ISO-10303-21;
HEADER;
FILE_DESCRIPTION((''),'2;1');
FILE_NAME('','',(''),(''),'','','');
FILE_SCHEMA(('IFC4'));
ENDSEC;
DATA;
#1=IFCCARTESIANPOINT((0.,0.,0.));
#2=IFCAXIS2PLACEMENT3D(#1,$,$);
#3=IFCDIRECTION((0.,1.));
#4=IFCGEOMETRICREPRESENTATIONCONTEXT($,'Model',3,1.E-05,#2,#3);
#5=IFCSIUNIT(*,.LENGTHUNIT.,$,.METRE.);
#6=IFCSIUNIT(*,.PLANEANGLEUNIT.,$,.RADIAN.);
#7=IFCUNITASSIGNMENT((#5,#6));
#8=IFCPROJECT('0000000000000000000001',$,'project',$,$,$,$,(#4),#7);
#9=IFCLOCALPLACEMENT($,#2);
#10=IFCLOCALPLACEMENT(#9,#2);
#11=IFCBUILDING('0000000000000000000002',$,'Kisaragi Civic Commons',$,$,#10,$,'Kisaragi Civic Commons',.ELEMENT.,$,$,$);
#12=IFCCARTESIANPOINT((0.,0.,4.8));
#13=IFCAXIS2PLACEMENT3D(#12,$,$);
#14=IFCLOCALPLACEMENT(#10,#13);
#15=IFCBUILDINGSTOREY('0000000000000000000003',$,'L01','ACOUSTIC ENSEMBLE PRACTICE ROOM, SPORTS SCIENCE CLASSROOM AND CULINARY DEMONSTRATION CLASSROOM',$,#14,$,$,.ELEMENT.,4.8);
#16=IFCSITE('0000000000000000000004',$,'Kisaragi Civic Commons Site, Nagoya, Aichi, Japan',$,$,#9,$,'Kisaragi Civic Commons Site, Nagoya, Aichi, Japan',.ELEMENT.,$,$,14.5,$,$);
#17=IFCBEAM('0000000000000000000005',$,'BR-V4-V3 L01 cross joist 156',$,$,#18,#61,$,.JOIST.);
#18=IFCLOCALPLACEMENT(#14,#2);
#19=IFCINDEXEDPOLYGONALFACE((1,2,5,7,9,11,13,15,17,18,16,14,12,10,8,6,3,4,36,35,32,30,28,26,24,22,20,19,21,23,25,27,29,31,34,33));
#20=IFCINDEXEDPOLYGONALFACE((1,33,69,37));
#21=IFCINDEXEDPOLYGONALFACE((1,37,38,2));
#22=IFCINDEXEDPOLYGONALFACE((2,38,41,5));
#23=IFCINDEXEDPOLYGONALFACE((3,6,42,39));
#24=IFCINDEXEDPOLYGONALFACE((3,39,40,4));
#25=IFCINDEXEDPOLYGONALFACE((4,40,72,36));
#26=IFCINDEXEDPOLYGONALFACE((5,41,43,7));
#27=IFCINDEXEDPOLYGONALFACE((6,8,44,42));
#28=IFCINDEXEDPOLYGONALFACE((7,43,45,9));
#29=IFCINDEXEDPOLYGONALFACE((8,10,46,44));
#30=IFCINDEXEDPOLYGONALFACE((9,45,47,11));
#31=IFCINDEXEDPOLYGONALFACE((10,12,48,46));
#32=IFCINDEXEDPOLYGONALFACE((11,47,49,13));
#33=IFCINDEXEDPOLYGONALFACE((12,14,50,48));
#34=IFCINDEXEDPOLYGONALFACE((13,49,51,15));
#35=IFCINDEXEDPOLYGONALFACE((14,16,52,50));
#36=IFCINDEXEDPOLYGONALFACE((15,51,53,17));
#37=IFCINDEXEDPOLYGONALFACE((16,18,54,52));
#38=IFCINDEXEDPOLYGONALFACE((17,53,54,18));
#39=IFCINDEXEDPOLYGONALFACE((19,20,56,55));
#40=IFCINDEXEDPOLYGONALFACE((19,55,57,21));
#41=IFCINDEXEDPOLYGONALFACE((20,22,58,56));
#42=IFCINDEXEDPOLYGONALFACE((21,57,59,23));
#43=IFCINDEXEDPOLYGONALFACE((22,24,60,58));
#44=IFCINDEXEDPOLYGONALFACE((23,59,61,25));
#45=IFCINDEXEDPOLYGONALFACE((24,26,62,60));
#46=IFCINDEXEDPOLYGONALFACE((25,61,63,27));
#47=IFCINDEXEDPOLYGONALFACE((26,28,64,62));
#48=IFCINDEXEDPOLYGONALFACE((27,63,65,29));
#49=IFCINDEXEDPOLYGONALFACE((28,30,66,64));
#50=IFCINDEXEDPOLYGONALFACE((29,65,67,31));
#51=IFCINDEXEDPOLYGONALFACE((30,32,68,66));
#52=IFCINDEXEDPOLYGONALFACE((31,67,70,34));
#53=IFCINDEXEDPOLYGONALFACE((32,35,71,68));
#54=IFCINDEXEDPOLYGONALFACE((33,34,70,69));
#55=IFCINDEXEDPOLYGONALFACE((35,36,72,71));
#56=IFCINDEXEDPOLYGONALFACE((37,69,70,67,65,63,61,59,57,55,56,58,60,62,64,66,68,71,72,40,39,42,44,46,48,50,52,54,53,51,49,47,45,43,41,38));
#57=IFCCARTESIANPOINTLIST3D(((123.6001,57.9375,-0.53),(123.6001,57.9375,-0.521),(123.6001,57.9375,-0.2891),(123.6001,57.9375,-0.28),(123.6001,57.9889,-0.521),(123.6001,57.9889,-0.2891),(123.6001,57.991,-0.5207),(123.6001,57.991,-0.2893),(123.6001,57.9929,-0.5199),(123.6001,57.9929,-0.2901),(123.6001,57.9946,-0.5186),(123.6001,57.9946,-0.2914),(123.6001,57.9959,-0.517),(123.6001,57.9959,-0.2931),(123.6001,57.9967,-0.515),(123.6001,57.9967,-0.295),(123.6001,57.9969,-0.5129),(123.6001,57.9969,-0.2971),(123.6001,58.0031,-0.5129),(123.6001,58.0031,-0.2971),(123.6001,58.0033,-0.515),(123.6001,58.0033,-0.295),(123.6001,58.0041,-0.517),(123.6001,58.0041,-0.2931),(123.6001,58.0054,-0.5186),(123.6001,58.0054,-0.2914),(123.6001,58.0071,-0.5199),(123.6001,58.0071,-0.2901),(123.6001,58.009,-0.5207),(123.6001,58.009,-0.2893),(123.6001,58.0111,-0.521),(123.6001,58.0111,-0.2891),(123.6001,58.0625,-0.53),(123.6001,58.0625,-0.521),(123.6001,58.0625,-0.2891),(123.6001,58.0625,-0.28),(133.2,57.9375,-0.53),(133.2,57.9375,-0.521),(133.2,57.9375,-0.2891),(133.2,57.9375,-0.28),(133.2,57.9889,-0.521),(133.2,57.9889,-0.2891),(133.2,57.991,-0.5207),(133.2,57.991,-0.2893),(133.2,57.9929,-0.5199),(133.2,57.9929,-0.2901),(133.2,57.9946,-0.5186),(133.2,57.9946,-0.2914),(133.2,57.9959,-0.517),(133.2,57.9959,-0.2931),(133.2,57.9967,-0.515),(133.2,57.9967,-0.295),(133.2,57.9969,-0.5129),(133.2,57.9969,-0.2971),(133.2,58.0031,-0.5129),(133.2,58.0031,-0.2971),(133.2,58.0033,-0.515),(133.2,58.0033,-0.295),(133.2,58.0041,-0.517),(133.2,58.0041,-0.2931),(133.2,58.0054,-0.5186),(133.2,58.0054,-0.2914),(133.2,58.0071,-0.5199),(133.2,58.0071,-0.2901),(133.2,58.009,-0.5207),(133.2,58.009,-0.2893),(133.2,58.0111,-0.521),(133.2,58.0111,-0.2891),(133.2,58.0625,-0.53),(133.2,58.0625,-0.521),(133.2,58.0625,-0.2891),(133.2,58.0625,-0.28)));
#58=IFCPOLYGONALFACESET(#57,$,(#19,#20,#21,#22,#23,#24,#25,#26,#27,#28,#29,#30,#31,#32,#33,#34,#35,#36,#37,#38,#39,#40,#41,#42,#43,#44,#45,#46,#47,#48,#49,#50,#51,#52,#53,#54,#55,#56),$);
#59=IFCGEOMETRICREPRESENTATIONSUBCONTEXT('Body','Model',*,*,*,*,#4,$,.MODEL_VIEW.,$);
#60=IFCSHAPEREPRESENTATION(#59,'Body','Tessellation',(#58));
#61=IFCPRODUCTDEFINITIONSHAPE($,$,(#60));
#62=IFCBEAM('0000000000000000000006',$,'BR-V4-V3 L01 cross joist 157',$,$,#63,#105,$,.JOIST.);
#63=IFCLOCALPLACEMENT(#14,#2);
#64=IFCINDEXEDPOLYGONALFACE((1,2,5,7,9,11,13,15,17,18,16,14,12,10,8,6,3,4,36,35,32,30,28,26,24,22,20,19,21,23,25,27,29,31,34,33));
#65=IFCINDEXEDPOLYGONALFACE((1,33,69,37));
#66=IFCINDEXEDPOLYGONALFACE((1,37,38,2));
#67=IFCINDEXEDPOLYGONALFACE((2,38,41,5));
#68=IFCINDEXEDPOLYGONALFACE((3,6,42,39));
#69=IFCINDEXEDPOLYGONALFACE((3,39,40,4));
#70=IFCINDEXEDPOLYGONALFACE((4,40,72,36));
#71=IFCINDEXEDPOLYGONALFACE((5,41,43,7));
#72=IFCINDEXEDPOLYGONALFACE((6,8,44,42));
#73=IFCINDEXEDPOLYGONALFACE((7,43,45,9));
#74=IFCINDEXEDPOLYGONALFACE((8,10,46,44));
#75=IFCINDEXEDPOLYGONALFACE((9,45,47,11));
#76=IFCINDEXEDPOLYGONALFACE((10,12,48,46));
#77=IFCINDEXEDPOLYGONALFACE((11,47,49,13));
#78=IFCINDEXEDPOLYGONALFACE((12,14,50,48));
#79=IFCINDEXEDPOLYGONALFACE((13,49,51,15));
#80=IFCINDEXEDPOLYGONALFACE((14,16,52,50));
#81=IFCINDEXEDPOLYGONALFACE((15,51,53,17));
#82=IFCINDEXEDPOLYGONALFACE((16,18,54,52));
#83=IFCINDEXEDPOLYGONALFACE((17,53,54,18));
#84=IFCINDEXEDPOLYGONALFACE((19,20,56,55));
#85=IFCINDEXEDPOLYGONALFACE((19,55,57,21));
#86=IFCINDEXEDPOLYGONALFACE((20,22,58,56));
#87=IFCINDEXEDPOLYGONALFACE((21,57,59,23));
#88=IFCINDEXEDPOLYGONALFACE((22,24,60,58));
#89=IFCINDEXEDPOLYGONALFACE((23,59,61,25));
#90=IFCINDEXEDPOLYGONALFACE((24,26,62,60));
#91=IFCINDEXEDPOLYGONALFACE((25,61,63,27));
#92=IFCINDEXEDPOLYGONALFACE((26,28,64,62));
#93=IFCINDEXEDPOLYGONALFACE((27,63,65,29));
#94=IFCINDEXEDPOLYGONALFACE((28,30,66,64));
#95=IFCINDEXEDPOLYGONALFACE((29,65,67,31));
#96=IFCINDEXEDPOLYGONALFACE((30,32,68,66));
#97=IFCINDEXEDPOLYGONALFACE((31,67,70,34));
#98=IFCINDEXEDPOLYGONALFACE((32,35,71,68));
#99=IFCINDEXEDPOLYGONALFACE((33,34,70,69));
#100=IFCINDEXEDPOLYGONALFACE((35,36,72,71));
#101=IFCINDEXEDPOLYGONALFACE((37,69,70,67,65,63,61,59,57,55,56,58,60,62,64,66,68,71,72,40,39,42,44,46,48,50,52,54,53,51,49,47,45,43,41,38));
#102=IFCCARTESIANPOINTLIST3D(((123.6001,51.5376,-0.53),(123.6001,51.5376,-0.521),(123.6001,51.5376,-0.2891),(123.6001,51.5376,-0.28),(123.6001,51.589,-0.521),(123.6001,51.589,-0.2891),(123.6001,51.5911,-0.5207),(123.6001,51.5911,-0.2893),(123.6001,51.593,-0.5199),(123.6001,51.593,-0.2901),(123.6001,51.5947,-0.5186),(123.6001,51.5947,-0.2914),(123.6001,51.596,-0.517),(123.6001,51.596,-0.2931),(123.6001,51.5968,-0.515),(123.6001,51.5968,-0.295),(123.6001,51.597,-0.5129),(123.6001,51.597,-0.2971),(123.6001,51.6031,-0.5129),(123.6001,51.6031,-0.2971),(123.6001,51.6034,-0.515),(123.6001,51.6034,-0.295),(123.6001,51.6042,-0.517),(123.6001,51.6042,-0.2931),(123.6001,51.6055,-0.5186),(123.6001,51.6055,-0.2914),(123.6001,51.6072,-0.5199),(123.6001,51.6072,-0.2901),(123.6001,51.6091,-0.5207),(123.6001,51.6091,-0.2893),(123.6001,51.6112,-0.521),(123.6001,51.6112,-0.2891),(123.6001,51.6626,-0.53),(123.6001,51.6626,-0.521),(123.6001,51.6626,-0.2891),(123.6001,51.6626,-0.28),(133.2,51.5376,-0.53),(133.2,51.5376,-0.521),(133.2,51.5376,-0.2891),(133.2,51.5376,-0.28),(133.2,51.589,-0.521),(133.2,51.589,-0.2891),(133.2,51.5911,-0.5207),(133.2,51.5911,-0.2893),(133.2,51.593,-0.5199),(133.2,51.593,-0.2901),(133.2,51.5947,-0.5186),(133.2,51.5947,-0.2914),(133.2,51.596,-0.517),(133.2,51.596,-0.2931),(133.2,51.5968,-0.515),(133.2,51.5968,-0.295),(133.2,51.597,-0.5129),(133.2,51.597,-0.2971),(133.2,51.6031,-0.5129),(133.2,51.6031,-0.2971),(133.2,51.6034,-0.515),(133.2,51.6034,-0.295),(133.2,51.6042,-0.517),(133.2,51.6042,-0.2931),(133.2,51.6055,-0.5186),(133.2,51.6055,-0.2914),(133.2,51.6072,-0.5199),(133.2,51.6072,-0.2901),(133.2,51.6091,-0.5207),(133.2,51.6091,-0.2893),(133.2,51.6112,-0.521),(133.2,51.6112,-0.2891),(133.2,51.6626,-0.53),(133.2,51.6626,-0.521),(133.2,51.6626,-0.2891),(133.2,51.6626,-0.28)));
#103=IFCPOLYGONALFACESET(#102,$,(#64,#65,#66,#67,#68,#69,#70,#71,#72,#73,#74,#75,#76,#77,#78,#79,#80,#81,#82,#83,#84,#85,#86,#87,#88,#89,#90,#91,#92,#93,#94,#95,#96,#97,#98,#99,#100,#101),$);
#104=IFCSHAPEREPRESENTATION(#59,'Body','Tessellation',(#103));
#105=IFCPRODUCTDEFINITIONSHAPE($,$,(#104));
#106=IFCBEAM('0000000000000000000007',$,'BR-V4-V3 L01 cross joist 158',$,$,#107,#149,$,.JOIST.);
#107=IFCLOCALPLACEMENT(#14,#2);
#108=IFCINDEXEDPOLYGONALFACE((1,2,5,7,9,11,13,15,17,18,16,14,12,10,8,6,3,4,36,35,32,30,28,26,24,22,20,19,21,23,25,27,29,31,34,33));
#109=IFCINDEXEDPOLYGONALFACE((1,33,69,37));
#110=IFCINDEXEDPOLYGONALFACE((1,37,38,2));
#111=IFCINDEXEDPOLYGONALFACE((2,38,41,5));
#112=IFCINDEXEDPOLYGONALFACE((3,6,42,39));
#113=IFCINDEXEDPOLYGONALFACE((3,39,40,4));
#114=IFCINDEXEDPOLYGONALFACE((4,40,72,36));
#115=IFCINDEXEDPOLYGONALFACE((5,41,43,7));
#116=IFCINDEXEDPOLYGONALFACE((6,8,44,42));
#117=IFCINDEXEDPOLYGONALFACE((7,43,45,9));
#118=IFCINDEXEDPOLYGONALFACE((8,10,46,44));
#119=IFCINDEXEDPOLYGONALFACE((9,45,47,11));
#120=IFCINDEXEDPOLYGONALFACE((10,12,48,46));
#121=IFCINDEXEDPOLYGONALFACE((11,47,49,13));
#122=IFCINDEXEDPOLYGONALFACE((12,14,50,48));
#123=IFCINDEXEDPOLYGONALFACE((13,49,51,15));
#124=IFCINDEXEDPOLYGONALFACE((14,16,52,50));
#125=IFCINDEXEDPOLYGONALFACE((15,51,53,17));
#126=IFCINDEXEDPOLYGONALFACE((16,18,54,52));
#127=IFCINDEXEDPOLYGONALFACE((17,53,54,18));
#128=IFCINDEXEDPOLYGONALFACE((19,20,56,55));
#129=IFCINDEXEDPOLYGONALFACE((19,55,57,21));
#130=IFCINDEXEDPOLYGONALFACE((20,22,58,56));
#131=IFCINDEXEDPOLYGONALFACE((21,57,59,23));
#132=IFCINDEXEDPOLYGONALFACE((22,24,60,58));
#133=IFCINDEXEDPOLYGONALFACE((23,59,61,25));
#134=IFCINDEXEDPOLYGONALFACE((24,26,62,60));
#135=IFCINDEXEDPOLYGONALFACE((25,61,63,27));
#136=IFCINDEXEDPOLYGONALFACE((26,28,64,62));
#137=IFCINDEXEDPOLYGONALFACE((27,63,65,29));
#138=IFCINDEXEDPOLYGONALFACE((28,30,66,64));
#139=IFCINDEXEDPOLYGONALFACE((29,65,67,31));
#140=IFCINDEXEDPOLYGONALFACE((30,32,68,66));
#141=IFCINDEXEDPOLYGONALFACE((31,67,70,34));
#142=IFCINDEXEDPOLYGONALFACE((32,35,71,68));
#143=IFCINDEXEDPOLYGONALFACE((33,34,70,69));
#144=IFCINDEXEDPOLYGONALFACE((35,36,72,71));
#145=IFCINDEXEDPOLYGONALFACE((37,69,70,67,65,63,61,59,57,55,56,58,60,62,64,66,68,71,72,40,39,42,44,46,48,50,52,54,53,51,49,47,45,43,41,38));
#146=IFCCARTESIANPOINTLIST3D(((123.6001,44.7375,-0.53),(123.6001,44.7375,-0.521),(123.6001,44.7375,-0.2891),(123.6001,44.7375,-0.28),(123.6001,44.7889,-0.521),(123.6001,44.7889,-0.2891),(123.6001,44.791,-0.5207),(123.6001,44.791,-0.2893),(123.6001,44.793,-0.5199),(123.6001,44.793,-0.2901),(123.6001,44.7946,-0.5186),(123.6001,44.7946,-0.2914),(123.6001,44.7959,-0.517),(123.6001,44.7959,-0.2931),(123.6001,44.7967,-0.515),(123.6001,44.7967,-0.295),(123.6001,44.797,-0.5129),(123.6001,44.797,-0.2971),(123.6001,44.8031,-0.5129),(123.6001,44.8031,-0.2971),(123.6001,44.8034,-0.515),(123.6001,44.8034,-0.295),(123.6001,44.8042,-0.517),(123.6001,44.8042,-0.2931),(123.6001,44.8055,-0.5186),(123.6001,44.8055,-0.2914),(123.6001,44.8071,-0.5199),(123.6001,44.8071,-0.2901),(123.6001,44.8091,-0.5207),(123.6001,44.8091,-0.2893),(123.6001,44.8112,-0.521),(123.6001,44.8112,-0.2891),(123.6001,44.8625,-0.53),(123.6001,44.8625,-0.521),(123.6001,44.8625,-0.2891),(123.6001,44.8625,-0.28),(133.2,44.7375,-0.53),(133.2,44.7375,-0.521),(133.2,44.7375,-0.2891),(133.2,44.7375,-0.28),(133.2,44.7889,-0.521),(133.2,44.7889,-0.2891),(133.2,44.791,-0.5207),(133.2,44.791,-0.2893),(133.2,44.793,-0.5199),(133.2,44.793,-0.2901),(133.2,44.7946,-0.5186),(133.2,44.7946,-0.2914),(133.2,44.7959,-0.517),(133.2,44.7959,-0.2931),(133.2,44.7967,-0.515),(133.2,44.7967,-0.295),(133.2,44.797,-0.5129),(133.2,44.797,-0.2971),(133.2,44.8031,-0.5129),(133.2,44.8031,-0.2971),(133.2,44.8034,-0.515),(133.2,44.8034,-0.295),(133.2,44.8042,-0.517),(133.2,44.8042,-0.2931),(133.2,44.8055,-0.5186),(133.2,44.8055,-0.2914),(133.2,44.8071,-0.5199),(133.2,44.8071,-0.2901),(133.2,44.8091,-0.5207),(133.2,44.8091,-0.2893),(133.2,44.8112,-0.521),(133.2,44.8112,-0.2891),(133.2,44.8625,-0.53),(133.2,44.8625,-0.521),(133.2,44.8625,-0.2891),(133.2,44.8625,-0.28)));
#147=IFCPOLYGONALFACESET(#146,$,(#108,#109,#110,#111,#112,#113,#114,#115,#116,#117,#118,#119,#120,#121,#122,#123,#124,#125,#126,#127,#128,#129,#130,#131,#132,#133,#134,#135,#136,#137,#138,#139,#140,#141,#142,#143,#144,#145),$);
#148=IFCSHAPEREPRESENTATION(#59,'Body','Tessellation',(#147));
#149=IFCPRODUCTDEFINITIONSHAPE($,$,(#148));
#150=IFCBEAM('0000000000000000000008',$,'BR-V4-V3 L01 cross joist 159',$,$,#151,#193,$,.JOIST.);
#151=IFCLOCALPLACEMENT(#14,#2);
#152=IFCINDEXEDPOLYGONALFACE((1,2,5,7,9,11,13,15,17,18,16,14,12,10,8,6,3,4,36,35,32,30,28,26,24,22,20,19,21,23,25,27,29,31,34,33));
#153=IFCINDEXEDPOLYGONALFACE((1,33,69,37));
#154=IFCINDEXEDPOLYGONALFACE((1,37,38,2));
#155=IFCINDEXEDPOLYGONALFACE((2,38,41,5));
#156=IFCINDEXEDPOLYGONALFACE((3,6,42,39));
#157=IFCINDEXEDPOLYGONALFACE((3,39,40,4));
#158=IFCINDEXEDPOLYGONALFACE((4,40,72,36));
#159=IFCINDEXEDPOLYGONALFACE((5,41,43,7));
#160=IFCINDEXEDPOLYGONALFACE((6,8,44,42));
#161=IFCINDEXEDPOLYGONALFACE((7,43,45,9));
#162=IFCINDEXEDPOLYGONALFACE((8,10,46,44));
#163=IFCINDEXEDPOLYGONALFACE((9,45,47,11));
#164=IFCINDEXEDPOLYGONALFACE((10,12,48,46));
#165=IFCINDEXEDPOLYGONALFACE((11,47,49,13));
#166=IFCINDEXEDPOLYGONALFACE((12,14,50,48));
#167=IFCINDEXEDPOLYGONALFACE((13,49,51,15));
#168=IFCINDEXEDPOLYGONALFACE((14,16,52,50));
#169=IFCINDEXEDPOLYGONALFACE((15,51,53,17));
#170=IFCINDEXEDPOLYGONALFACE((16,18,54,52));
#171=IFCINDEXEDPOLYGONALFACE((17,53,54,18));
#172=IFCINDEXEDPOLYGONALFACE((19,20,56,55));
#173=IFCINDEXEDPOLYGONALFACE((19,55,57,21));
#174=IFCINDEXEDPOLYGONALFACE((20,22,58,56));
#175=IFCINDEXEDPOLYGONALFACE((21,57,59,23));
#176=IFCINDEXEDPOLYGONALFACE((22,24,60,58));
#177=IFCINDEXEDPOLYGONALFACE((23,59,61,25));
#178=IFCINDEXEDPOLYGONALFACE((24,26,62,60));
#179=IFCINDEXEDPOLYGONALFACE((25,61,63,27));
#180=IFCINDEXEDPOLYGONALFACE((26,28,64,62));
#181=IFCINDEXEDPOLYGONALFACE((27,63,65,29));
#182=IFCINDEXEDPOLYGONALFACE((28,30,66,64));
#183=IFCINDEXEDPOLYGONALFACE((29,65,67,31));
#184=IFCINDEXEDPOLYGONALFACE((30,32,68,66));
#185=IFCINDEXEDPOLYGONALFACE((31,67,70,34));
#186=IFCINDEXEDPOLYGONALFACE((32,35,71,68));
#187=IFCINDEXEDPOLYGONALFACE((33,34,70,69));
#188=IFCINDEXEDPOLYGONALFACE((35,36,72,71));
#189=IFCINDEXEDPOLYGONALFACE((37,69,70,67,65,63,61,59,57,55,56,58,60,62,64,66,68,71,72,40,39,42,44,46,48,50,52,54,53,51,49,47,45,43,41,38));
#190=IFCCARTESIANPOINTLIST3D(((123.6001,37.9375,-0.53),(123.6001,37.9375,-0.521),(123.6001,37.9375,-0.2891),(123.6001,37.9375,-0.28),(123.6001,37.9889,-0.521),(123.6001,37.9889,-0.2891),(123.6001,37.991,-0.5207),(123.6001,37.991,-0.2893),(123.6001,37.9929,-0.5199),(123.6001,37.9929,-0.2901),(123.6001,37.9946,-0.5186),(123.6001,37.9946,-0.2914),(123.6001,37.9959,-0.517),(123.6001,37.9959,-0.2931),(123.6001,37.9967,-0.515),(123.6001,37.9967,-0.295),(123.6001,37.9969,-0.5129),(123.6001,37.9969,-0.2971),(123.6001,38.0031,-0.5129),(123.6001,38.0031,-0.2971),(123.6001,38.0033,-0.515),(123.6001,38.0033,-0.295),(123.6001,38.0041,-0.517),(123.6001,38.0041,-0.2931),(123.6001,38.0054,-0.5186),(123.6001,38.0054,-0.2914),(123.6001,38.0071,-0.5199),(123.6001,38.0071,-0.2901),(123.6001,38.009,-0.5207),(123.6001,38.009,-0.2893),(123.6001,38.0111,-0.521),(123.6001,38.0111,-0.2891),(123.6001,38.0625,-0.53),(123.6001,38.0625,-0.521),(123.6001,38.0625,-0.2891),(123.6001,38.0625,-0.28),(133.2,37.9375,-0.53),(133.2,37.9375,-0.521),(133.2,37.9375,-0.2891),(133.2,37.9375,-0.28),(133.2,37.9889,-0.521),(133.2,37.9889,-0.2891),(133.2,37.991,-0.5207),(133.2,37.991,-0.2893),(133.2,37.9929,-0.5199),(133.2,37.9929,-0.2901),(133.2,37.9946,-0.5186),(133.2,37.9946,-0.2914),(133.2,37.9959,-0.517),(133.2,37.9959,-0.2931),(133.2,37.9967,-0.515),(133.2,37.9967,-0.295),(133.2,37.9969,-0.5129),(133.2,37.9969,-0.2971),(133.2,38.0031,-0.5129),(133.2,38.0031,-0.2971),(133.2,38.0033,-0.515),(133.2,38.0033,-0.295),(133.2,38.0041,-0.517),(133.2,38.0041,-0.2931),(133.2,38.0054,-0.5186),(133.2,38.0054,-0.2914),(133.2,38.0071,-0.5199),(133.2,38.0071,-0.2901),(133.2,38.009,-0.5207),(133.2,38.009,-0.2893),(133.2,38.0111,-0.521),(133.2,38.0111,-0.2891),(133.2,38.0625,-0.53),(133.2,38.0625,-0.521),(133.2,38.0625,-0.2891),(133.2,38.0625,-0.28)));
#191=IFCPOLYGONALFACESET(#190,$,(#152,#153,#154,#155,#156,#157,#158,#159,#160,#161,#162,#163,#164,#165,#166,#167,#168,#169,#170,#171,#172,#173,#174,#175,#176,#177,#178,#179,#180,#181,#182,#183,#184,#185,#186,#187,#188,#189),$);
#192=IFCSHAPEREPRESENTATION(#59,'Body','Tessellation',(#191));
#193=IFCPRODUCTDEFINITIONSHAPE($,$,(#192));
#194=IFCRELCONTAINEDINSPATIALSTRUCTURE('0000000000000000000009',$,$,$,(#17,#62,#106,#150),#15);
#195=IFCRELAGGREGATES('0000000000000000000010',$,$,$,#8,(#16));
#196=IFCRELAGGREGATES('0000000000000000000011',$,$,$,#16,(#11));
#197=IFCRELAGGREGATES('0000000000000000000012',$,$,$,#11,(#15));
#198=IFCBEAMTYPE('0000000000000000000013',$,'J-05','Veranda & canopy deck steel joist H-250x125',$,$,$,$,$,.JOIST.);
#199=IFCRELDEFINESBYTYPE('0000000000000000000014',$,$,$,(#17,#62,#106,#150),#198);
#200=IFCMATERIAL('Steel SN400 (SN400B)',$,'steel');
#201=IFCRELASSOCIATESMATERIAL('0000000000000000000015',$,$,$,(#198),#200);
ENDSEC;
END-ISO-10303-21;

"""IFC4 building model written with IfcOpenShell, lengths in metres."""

from ifc_helpers import new_model, si_unit, direction, frame, origin, origin_2d, place, context, subcontext, project, spatial, i_section, extrude, material, material_profile, profile_set, type_object, element, save


model = new_model("IFC4")

# Units and contexts
model_context = context("Model", 3, precision=1e-05, world=origin(), true_north=direction((0.0, 1.0)))
body_context = subcontext(model_context, "Body", "Model", "MODEL_VIEW")
ifc_project = project(units=[si_unit("LENGTHUNIT", "METRE"), si_unit("PLANEANGLEUNIT", "RADIAN")], contexts=[model_context])

# Site, building, storey
site_placement = place(None, origin())
site = spatial("IfcSite", under=ifc_project, at=site_placement, Name="Kisaragi Civic Commons Site, Nagoya, Aichi, Japan", LongName="Kisaragi Civic Commons Site, Nagoya, Aichi, Japan", CompositionType="ELEMENT", RefElevation=14.5)
building_placement = place(site_placement, origin())
building = spatial("IfcBuilding", under=site, at=building_placement, Name="Kisaragi Civic Commons", LongName="Kisaragi Civic Commons", CompositionType="ELEMENT")
storey_placement = place(building_placement, frame((0.0, 0.0, 4.8)))
storey = spatial("IfcBuildingStorey", under=building, at=storey_placement, Name="L01", Description="ACOUSTIC ENSEMBLE PRACTICE ROOM, SPORTS SCIENCE CLASSROOM AND CULINARY DEMONSTRATION CLASSROOM", CompositionType="ELEMENT", Elevation=4.8)

# Beams
ifc_material_1 = material(Name="Steel SN400 (SN400B)", Category="steel")
ifc_material_profile_1 = material_profile(ifc_material_1, i_section(OverallWidth=0.125, OverallDepth=0.25, WebThickness=0.0061, FlangeThickness=0.009, FilletRadius=0.0081, at=origin_2d()), Name="H-250x125x6x9", Category="steel")
ifc_profile_set_1 = profile_set([ifc_material_profile_1], Name="Steel SN400 (SN400B)")
beam_type_1 = type_object("IfcBeamType", Name="J-05", Description="Veranda & canopy deck steel joist H-250x125", PredefinedType="JOIST", material=ifc_profile_set_1)
for number, where, z_axis, x_axis, name in (
    (1, (123.6001, 58.0, -0.405), (1.0, 0.0, 0.0), (0.0, 1.0, 0.0), "BR-V4-V3 L01 cross joist 156"),
    (2, (123.6001, 51.6001, -0.405), (1.0, 0.0, 0.0), (0.0, 1.0, 0.0), "BR-V4-V3 L01 cross joist 157"),
    (3, (123.6001, 44.8, -0.405), (1.0, 0.0, 0.0), (0.0, 1.0, 0.0), "BR-V4-V3 L01 cross joist 158"),
    (4, (123.6001, 38.0, -0.405), (1.0, 0.0, 0.0), (0.0, 1.0, 0.0), "BR-V4-V3 L01 cross joist 159"),
):
    element("IfcBeam", number, at=place(storey_placement, frame(where, z_axis=z_axis, x_axis=x_axis)), inside=storey, type_object=beam_type_1, Name=name, PredefinedType="JOIST", context=body_context, shape_type="SweptSolid", body=[
        extrude(i_section(OverallWidth=0.125, OverallDepth=0.25, WebThickness=0.0061, FlangeThickness=0.009, FilletRadius=0.0081, at=origin_2d()), origin(), (0.0, 0.0, 1.0), 9.5999),
    ])

save(model, "model.ifc")
